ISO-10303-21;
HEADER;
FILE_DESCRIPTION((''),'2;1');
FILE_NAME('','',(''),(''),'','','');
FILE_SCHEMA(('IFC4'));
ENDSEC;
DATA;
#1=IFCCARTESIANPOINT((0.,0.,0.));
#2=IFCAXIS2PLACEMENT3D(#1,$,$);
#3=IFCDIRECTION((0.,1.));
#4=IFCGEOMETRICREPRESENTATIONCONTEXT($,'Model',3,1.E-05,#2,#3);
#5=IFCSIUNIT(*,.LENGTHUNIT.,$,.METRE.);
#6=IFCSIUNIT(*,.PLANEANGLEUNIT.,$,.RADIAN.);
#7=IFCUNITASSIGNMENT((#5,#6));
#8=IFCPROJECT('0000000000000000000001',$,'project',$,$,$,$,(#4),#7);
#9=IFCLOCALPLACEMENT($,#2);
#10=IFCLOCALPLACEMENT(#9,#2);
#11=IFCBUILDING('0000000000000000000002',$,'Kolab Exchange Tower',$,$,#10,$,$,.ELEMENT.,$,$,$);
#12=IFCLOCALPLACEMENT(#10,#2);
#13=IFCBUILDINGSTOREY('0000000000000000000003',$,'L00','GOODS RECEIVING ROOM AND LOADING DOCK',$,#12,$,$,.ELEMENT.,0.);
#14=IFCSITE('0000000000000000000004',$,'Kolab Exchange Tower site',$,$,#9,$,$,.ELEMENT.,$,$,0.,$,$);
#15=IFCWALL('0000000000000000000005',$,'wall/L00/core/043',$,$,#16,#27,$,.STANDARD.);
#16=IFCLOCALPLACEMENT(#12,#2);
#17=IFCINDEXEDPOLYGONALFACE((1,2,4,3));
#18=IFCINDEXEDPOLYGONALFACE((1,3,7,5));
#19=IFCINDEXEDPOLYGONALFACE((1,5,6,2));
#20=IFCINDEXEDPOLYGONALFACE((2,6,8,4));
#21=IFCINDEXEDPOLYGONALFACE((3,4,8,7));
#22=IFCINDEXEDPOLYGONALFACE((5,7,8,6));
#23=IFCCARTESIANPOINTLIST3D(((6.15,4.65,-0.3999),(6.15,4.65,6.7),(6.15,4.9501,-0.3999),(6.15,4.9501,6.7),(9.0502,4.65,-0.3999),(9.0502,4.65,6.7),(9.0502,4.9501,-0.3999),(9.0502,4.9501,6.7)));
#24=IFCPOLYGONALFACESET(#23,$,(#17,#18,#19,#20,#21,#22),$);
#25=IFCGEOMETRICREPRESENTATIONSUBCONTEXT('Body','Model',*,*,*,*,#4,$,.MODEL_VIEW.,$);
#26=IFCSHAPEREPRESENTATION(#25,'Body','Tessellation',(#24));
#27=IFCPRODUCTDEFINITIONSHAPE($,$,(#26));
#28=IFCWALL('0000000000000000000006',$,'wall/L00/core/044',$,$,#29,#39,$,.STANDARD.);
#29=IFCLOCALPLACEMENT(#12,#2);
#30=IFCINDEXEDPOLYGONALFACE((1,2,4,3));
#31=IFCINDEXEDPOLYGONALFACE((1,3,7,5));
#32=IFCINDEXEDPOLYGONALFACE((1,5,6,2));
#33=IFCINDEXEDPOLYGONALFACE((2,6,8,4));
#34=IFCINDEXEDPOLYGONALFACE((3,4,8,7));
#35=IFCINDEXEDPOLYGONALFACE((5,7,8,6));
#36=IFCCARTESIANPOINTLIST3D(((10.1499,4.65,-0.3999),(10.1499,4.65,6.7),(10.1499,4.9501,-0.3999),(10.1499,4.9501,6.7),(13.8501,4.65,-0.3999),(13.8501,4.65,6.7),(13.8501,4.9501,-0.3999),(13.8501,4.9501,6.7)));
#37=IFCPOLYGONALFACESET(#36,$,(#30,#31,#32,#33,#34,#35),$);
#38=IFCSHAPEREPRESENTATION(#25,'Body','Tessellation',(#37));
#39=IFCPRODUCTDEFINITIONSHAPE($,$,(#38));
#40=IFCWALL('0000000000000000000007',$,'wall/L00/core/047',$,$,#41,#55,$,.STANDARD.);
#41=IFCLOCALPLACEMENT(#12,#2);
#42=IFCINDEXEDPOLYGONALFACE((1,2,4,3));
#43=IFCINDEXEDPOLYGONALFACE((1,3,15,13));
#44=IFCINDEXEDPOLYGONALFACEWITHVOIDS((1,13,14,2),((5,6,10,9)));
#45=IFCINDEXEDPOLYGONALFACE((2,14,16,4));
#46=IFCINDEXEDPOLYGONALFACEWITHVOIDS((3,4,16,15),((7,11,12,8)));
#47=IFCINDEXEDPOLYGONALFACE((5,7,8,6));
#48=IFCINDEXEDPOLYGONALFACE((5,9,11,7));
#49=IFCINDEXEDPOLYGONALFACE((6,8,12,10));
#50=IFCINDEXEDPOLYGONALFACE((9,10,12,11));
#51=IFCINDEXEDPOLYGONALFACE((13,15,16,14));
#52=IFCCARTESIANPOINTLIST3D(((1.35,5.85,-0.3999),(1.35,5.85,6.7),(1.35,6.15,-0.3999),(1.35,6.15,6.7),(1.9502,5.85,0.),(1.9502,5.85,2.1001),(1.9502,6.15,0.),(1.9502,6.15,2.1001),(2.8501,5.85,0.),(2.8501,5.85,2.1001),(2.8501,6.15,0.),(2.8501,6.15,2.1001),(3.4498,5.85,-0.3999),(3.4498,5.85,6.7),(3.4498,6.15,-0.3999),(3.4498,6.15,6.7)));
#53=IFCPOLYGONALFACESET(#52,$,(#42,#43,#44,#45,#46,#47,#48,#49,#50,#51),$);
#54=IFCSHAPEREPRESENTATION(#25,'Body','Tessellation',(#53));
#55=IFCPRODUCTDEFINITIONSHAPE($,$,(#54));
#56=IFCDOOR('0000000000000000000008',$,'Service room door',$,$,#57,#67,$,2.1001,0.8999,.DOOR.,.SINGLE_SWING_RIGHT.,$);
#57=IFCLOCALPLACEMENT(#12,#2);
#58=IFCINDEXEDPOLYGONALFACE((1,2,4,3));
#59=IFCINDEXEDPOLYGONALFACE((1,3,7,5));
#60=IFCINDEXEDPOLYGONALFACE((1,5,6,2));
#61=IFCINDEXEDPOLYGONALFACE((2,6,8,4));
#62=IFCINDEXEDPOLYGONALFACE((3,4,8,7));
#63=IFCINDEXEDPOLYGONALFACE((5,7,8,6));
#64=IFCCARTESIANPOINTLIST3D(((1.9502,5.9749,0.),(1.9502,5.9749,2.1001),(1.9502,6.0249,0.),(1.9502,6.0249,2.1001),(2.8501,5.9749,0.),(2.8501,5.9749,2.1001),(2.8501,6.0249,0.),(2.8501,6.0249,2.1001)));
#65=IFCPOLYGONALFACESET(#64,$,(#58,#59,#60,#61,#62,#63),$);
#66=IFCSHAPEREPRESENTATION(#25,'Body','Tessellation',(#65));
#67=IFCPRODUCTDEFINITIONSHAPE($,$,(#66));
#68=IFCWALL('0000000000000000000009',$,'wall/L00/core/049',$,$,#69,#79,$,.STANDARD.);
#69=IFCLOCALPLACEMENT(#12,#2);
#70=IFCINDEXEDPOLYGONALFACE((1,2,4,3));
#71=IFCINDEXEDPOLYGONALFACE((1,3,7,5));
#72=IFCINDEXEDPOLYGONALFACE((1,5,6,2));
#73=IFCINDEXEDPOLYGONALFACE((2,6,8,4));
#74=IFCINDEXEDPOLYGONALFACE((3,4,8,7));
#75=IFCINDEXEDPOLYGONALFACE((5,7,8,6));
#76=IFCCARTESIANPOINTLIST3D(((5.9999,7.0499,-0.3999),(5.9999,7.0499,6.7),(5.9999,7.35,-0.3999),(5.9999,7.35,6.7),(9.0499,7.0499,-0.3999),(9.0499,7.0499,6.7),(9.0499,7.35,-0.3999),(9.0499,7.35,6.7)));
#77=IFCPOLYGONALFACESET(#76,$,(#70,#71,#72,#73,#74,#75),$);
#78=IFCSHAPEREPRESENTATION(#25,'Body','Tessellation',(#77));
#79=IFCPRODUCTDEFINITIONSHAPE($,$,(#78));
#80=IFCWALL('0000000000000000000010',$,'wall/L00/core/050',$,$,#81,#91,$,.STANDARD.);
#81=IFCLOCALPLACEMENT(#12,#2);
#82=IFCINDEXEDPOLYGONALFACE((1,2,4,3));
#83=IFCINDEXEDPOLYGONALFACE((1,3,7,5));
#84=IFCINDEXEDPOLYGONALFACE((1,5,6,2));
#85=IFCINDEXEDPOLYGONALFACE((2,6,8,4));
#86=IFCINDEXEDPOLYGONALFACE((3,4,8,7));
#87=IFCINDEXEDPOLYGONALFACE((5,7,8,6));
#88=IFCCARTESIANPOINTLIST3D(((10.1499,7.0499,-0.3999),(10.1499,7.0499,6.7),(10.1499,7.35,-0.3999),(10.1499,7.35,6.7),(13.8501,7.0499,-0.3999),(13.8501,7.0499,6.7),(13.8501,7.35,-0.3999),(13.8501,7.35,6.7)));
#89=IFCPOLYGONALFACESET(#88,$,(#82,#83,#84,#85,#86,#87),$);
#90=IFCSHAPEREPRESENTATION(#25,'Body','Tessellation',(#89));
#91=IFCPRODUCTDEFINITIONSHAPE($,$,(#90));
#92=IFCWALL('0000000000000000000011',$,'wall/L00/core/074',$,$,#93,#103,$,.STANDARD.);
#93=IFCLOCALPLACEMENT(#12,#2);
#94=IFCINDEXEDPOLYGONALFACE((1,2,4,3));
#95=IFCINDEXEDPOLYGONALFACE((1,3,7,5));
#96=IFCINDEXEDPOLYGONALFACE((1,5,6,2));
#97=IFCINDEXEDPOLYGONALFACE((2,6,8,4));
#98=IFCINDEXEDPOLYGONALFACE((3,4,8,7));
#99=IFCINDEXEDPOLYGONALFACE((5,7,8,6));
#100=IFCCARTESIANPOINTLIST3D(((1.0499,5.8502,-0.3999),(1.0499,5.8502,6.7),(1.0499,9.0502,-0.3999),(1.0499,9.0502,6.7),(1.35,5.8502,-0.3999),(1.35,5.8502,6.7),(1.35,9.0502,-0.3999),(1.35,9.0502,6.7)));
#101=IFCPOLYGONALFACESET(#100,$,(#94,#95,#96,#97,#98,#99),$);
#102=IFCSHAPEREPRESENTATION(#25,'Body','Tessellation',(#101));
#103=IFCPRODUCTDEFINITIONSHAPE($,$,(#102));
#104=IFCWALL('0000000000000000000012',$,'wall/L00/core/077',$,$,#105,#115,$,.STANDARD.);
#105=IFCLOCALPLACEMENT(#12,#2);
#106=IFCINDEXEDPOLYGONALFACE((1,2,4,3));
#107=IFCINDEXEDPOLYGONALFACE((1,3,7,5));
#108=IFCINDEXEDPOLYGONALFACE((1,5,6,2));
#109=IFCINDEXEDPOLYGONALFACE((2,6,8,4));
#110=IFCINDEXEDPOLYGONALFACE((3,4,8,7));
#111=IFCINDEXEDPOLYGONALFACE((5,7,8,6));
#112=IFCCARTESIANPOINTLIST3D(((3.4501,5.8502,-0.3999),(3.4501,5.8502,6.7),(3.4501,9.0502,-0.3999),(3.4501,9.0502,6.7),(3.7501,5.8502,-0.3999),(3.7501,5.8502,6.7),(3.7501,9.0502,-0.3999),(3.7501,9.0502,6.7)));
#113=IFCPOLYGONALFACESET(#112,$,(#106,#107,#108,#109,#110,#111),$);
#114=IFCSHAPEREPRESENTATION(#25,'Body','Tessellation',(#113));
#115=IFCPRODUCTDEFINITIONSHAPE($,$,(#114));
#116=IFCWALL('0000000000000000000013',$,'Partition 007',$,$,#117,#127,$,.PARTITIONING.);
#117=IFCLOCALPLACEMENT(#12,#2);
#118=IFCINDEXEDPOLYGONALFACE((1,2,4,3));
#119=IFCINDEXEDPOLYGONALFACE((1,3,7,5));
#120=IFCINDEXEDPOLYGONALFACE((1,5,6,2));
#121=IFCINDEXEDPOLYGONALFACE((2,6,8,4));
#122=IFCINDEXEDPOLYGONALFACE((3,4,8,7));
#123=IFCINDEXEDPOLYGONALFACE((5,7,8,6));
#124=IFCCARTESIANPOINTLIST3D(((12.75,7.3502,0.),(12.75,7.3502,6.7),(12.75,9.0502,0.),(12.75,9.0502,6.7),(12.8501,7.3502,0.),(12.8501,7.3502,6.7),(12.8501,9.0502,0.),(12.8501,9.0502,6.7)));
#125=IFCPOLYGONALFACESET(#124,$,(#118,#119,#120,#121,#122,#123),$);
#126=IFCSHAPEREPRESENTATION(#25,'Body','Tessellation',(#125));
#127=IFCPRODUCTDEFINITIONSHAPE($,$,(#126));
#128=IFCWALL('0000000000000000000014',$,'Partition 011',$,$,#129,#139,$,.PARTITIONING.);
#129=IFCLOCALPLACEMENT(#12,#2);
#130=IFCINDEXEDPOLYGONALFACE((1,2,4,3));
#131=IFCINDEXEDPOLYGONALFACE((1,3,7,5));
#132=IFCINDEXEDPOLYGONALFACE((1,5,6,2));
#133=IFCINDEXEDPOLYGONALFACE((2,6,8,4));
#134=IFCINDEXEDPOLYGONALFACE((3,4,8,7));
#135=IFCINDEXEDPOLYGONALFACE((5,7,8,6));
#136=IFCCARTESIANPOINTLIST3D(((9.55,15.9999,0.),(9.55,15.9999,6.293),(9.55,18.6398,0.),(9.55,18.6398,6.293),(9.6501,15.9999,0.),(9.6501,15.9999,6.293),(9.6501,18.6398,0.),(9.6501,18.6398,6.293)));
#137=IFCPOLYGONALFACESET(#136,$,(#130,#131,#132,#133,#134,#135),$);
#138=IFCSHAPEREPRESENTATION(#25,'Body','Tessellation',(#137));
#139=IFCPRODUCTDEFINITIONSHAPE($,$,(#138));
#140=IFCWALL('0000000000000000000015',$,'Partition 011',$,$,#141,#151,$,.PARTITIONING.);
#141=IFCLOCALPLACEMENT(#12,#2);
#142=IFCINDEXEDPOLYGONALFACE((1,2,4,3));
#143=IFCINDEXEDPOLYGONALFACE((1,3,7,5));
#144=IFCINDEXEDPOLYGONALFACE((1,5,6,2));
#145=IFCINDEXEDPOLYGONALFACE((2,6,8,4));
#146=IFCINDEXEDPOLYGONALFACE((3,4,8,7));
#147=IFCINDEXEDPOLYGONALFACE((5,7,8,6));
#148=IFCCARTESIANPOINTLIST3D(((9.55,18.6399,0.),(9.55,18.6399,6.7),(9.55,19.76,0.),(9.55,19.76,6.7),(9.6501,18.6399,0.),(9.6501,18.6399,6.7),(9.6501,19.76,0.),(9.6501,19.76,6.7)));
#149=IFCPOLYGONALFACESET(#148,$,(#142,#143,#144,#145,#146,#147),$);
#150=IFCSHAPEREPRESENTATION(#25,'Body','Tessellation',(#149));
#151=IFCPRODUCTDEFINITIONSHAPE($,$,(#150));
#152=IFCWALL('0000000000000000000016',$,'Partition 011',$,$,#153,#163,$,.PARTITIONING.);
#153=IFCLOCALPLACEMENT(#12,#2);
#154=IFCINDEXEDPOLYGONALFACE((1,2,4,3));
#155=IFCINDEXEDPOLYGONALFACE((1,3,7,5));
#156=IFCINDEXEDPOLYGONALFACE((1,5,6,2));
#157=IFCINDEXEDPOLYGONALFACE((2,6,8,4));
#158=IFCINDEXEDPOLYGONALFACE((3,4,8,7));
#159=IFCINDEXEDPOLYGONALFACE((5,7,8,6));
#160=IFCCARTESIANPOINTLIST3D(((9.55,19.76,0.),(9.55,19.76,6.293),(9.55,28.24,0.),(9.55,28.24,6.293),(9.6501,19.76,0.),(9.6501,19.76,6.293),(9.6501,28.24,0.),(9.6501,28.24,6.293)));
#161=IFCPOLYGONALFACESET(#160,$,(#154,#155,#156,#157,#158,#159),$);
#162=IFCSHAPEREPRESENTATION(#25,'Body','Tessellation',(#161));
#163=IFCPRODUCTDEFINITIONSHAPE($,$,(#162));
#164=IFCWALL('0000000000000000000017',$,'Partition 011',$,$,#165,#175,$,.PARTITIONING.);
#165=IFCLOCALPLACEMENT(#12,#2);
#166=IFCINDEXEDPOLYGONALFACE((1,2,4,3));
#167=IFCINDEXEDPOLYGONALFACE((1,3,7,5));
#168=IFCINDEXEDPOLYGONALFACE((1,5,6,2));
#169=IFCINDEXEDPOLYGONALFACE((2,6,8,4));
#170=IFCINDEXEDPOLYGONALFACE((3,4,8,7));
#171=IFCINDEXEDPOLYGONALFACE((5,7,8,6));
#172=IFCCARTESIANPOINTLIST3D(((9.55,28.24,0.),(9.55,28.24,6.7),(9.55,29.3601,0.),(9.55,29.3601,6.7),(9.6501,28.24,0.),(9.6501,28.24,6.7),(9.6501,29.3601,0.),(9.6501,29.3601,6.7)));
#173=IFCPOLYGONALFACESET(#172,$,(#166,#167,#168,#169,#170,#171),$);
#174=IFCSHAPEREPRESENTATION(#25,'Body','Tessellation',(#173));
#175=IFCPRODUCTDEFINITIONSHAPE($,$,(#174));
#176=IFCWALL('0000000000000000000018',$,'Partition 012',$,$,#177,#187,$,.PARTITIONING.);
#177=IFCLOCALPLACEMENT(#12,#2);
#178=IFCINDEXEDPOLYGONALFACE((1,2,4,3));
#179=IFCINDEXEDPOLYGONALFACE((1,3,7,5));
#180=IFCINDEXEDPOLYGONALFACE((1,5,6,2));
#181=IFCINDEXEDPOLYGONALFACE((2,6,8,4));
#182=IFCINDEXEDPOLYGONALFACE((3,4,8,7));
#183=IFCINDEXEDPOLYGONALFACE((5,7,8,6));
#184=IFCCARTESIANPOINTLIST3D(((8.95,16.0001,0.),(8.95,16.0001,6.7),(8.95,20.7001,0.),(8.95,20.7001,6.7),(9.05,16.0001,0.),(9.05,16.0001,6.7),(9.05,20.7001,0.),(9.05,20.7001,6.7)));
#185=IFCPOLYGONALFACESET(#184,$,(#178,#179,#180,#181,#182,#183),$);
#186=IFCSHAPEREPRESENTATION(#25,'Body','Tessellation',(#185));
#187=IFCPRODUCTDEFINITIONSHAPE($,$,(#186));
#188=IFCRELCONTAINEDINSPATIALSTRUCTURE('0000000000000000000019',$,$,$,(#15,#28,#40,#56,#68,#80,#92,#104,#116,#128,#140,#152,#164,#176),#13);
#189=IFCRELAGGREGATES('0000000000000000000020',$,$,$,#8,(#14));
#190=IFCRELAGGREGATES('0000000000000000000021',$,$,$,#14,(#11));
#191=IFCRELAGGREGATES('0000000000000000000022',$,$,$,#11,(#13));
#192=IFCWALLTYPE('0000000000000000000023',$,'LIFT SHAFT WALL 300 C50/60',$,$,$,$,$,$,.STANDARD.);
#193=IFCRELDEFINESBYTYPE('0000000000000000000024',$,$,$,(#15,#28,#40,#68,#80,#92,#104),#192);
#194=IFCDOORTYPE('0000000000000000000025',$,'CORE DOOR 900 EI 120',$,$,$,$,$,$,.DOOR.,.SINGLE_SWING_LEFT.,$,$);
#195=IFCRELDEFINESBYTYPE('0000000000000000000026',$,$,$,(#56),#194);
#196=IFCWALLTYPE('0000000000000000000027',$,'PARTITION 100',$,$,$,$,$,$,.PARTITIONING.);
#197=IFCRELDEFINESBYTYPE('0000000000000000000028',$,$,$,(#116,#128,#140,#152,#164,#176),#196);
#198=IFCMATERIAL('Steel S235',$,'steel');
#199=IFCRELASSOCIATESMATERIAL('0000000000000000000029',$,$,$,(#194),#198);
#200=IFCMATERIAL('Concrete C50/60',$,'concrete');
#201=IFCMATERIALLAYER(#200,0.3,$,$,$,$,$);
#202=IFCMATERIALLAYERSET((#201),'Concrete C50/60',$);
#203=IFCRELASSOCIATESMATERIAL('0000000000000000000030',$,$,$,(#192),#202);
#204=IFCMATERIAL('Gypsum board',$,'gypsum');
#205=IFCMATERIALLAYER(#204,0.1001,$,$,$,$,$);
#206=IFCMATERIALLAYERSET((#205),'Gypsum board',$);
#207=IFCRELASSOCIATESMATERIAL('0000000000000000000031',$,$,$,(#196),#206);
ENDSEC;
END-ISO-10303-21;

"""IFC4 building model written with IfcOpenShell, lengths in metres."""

from ifc_helpers import new_model, si_unit, direction, frame, frame_2d, origin, place, context, subcontext, project, spatial, rectangle, extrude, material, layer, layer_set, type_object, element, fill, save


model = new_model("IFC4")

# Units and contexts
model_context = context("Model", 3, precision=1e-05, world=origin(), true_north=direction((0.0, 1.0)))
body_context = subcontext(model_context, "Body", "Model", "MODEL_VIEW")
ifc_project = project(units=[si_unit("LENGTHUNIT", "METRE"), si_unit("PLANEANGLEUNIT", "RADIAN")], contexts=[model_context])

# Site, building, storey
site_placement = place(None, origin())
site = spatial("IfcSite", under=ifc_project, at=site_placement, Name="Kolab Exchange Tower site", CompositionType="ELEMENT", RefElevation=0.0)
building_placement = place(site_placement, origin())
building = spatial("IfcBuilding", under=site, at=building_placement, Name="Kolab Exchange Tower", CompositionType="ELEMENT")
storey_placement = place(building_placement, origin())
storey = spatial("IfcBuildingStorey", under=building, at=storey_placement, Name="L00", Description="GOODS RECEIVING ROOM AND LOADING DOCK", CompositionType="ELEMENT", Elevation=0.0)

# Shared definitions
ifc_material_1 = material(Name="Steel S235", Category="steel")
door_type = type_object("IfcDoorType", Name="CORE DOOR 900 EI 120", OperationType="SINGLE_SWING_LEFT", PredefinedType="DOOR", material=ifc_material_1)

# Walls
ifc_material_2 = material(Name="Concrete C50/60", Category="concrete")
ifc_layer_1 = layer(ifc_material_2, 0.3)
ifc_layer_set_1 = layer_set([ifc_layer_1], Name="Concrete C50/60")
wall_type_1 = type_object("IfcWallType", Name="LIFT SHAFT WALL 300 C50/60", PredefinedType="STANDARD", material=ifc_layer_set_1)
wall_1_placement = place(storey_placement, frame((6.1499, 4.8, -0.3999), z_axis=(0.0, 0.0, 1.0), x_axis=(1.0, 0.0, 0.0)))
element("IfcWall", 1, at=wall_1_placement, inside=storey, type_object=wall_type_1, Name="wall/L00/core/043", PredefinedType="STANDARD", context=body_context, shape_type="SweptSolid", body=[
    extrude(rectangle(XDim=2.9001, YDim=0.3, at=frame_2d((1.4502, 0.0))), origin(), (0.0, 0.0, 1.0), 7.0999),
])
wall_2_placement = place(storey_placement, frame((10.1499, 4.8, -0.3999), z_axis=(0.0, 0.0, 1.0), x_axis=(1.0, 0.0, 0.0)))
element("IfcWall", 2, at=wall_2_placement, inside=storey, type_object=wall_type_1, Name="wall/L00/core/044", PredefinedType="STANDARD", context=body_context, shape_type="SweptSolid", body=[
    extrude(rectangle(XDim=3.7002, YDim=0.3, at=frame_2d((1.8501, 0.0))), origin(), (0.0, 0.0, 1.0), 7.0999),
])

# Wall, opening, door
wall_3_placement = place(storey_placement, frame((1.3501, 6.0, -0.3999), z_axis=(0.0, 0.0, 1.0), x_axis=(1.0, 0.0, 0.0)))
wall_3 = element("IfcWall", 3, at=wall_3_placement, inside=storey, type_object=wall_type_1, Name="wall/L00/core/047", PredefinedType="STANDARD", context=body_context, shape_type="SweptSolid", body=[
    extrude(rectangle(XDim=2.0999, YDim=0.3, at=frame_2d((1.0498, 0.0))), origin(), (0.0, 0.0, 1.0), 7.0999),
])
opening_1_placement = place(wall_3_placement, frame((0.6001, 0.0, 0.3999)))
opening_1 = element("IfcOpeningElement", 4, at=opening_1_placement, cuts=wall_3, PredefinedType="OPENING", context=body_context, shape_type="SweptSolid", body=[
    extrude(rectangle(XDim=0.8999, YDim=2.1001, at=frame_2d((0.45, 1.05))), frame((0.0, 0.1602, 0.0), z_axis=(0.0, -1.0, 0.0), x_axis=(1.0, 0.0, 0.0)), (0.0, 0.0, 1.0), 0.3201),
])
door_1_placement = place(opening_1_placement, origin())
door_1 = element("IfcDoor", 5, at=door_1_placement, inside=storey, type_object=door_type, Name="Service room door", OperationType="SINGLE_SWING_RIGHT", OverallHeight=2.1001, OverallWidth=0.8999, PredefinedType="DOOR", context=body_context, shape_type="SweptSolid", body=[
    extrude(rectangle(XDim=0.8999, YDim=2.1001, at=frame_2d((0.45, 1.05))), frame((0.0, 0.0249, 0.0), z_axis=(0.0, -1.0, 0.0), x_axis=(1.0, 0.0, 0.0)), (0.0, 0.0, 1.0), 0.05),
])
fill(opening_1, door_1)

# Walls
wall_4_placement = place(storey_placement, frame((6.0, 7.2, -0.3999), z_axis=(0.0, 0.0, 1.0), x_axis=(1.0, 0.0, 0.0)))
element("IfcWall", 6, at=wall_4_placement, inside=storey, type_object=wall_type_1, Name="wall/L00/core/049", PredefinedType="STANDARD", context=body_context, shape_type="SweptSolid", body=[
    extrude(rectangle(XDim=3.05, YDim=0.3, at=frame_2d((1.5249, 0.0))), origin(), (0.0, 0.0, 1.0), 7.0999),
])
wall_5_placement = place(storey_placement, frame((10.1499, 7.2, -0.3999), z_axis=(0.0, 0.0, 1.0), x_axis=(1.0, 0.0, 0.0)))
element("IfcWall", 7, at=wall_5_placement, inside=storey, type_object=wall_type_1, Name="wall/L00/core/050", PredefinedType="STANDARD", context=body_context, shape_type="SweptSolid", body=[
    extrude(rectangle(XDim=3.7002, YDim=0.3, at=frame_2d((1.8501, 0.0))), origin(), (0.0, 0.0, 1.0), 7.0999),
])
for number, where, z_axis, x_axis, name in (
    (8, (1.2, 5.8501, -0.3999), (0.0, 0.0, 1.0), (0.0, 1.0, 0.0), "wall/L00/core/074"),
    (9, (3.6001, 5.8501, -0.3999), (0.0, 0.0, 1.0), (0.0, 1.0, 0.0), "wall/L00/core/077"),
):
    element("IfcWall", number, at=place(storey_placement, frame(where, z_axis=z_axis, x_axis=x_axis)), inside=storey, type_object=wall_type_1, Name=name, PredefinedType="STANDARD", context=body_context, shape_type="SweptSolid", body=[
        extrude(rectangle(XDim=3.2, YDim=0.3, at=frame_2d((1.6001, 0.0))), origin(), (0.0, 0.0, 1.0), 7.0999),
    ])
ifc_material_3 = material(Name="Gypsum board", Category="gypsum")
ifc_layer_2 = layer(ifc_material_3, 0.1001)
ifc_layer_set_2 = layer_set([ifc_layer_2], Name="Gypsum board")
wall_type_2 = type_object("IfcWallType", Name="PARTITION 100", PredefinedType="PARTITIONING", material=ifc_layer_set_2)
wall_6_placement = place(storey_placement, frame((12.8, 7.3501, 0.0), z_axis=(0.0, 0.0, 1.0), x_axis=(0.0, 1.0, 0.0)))
element("IfcWall", 10, at=wall_6_placement, inside=storey, type_object=wall_type_2, Name="Partition 007", PredefinedType="PARTITIONING", context=body_context, shape_type="SweptSolid", body=[
    extrude(rectangle(XDim=1.7, YDim=0.1001, at=frame_2d((0.8501, 0.0))), origin(), (0.0, 0.0, 1.0), 6.7),
])
wall_7_placement = place(storey_placement, frame((9.6001, 16.0, 0.0), z_axis=(0.0, 0.0, 1.0), x_axis=(0.0, 1.0, 0.0)))
element("IfcWall", 11, at=wall_7_placement, inside=storey, type_object=wall_type_2, Name="Partition 011", PredefinedType="PARTITIONING", context=body_context, shape_type="SweptSolid", body=[
    extrude(rectangle(XDim=2.6399, YDim=0.1001, at=frame_2d((1.3198, 0.0))), origin(), (0.0, 0.0, 1.0), 6.293),
])
wall_8_placement = place(storey_placement, frame((9.6001, 18.6399, 0.0), z_axis=(0.0, 0.0, 1.0), x_axis=(0.0, 1.0, 0.0)))
element("IfcWall", 12, at=wall_8_placement, inside=storey, type_object=wall_type_2, Name="Partition 011", PredefinedType="PARTITIONING", context=body_context, shape_type="SweptSolid", body=[
    extrude(rectangle(XDim=1.1201, YDim=0.1001, at=frame_2d((0.5601, 0.0))), origin(), (0.0, 0.0, 1.0), 6.7),
])
wall_9_placement = place(storey_placement, frame((9.6001, 19.76, 0.0), z_axis=(0.0, 0.0, 1.0), x_axis=(0.0, 1.0, 0.0)))
element("IfcWall", 13, at=wall_9_placement, inside=storey, type_object=wall_type_2, Name="Partition 011", PredefinedType="PARTITIONING", context=body_context, shape_type="SweptSolid", body=[
    extrude(rectangle(XDim=8.48, YDim=0.1001, at=frame_2d((4.24, 0.0))), origin(), (0.0, 0.0, 1.0), 6.293),
])
wall_10_placement = place(storey_placement, frame((9.6001, 28.24, 0.0), z_axis=(0.0, 0.0, 1.0), x_axis=(0.0, 1.0, 0.0)))
element("IfcWall", 14, at=wall_10_placement, inside=storey, type_object=wall_type_2, Name="Partition 011", PredefinedType="PARTITIONING", context=body_context, shape_type="SweptSolid", body=[
    extrude(rectangle(XDim=1.1201, YDim=0.1001, at=frame_2d((0.5601, 0.0))), origin(), (0.0, 0.0, 1.0), 6.7),
])
for number, where, z_axis, x_axis, name in (
    (15, (9.0, 16.0, 0.0), (0.0, 0.0, 1.0), (0.0, 1.0, 0.0), "Partition 012"),
):
    element("IfcWall", number, at=place(storey_placement, frame(where, z_axis=z_axis, x_axis=x_axis)), inside=storey, type_object=wall_type_2, Name=name, PredefinedType="PARTITIONING", context=body_context, shape_type="SweptSolid", body=[
        extrude(rectangle(XDim=4.7, YDim=0.1001, at=frame_2d((2.3501, 0.0))), origin(), (0.0, 0.0, 1.0), 6.7),
    ])

save(model, "model.ifc")
